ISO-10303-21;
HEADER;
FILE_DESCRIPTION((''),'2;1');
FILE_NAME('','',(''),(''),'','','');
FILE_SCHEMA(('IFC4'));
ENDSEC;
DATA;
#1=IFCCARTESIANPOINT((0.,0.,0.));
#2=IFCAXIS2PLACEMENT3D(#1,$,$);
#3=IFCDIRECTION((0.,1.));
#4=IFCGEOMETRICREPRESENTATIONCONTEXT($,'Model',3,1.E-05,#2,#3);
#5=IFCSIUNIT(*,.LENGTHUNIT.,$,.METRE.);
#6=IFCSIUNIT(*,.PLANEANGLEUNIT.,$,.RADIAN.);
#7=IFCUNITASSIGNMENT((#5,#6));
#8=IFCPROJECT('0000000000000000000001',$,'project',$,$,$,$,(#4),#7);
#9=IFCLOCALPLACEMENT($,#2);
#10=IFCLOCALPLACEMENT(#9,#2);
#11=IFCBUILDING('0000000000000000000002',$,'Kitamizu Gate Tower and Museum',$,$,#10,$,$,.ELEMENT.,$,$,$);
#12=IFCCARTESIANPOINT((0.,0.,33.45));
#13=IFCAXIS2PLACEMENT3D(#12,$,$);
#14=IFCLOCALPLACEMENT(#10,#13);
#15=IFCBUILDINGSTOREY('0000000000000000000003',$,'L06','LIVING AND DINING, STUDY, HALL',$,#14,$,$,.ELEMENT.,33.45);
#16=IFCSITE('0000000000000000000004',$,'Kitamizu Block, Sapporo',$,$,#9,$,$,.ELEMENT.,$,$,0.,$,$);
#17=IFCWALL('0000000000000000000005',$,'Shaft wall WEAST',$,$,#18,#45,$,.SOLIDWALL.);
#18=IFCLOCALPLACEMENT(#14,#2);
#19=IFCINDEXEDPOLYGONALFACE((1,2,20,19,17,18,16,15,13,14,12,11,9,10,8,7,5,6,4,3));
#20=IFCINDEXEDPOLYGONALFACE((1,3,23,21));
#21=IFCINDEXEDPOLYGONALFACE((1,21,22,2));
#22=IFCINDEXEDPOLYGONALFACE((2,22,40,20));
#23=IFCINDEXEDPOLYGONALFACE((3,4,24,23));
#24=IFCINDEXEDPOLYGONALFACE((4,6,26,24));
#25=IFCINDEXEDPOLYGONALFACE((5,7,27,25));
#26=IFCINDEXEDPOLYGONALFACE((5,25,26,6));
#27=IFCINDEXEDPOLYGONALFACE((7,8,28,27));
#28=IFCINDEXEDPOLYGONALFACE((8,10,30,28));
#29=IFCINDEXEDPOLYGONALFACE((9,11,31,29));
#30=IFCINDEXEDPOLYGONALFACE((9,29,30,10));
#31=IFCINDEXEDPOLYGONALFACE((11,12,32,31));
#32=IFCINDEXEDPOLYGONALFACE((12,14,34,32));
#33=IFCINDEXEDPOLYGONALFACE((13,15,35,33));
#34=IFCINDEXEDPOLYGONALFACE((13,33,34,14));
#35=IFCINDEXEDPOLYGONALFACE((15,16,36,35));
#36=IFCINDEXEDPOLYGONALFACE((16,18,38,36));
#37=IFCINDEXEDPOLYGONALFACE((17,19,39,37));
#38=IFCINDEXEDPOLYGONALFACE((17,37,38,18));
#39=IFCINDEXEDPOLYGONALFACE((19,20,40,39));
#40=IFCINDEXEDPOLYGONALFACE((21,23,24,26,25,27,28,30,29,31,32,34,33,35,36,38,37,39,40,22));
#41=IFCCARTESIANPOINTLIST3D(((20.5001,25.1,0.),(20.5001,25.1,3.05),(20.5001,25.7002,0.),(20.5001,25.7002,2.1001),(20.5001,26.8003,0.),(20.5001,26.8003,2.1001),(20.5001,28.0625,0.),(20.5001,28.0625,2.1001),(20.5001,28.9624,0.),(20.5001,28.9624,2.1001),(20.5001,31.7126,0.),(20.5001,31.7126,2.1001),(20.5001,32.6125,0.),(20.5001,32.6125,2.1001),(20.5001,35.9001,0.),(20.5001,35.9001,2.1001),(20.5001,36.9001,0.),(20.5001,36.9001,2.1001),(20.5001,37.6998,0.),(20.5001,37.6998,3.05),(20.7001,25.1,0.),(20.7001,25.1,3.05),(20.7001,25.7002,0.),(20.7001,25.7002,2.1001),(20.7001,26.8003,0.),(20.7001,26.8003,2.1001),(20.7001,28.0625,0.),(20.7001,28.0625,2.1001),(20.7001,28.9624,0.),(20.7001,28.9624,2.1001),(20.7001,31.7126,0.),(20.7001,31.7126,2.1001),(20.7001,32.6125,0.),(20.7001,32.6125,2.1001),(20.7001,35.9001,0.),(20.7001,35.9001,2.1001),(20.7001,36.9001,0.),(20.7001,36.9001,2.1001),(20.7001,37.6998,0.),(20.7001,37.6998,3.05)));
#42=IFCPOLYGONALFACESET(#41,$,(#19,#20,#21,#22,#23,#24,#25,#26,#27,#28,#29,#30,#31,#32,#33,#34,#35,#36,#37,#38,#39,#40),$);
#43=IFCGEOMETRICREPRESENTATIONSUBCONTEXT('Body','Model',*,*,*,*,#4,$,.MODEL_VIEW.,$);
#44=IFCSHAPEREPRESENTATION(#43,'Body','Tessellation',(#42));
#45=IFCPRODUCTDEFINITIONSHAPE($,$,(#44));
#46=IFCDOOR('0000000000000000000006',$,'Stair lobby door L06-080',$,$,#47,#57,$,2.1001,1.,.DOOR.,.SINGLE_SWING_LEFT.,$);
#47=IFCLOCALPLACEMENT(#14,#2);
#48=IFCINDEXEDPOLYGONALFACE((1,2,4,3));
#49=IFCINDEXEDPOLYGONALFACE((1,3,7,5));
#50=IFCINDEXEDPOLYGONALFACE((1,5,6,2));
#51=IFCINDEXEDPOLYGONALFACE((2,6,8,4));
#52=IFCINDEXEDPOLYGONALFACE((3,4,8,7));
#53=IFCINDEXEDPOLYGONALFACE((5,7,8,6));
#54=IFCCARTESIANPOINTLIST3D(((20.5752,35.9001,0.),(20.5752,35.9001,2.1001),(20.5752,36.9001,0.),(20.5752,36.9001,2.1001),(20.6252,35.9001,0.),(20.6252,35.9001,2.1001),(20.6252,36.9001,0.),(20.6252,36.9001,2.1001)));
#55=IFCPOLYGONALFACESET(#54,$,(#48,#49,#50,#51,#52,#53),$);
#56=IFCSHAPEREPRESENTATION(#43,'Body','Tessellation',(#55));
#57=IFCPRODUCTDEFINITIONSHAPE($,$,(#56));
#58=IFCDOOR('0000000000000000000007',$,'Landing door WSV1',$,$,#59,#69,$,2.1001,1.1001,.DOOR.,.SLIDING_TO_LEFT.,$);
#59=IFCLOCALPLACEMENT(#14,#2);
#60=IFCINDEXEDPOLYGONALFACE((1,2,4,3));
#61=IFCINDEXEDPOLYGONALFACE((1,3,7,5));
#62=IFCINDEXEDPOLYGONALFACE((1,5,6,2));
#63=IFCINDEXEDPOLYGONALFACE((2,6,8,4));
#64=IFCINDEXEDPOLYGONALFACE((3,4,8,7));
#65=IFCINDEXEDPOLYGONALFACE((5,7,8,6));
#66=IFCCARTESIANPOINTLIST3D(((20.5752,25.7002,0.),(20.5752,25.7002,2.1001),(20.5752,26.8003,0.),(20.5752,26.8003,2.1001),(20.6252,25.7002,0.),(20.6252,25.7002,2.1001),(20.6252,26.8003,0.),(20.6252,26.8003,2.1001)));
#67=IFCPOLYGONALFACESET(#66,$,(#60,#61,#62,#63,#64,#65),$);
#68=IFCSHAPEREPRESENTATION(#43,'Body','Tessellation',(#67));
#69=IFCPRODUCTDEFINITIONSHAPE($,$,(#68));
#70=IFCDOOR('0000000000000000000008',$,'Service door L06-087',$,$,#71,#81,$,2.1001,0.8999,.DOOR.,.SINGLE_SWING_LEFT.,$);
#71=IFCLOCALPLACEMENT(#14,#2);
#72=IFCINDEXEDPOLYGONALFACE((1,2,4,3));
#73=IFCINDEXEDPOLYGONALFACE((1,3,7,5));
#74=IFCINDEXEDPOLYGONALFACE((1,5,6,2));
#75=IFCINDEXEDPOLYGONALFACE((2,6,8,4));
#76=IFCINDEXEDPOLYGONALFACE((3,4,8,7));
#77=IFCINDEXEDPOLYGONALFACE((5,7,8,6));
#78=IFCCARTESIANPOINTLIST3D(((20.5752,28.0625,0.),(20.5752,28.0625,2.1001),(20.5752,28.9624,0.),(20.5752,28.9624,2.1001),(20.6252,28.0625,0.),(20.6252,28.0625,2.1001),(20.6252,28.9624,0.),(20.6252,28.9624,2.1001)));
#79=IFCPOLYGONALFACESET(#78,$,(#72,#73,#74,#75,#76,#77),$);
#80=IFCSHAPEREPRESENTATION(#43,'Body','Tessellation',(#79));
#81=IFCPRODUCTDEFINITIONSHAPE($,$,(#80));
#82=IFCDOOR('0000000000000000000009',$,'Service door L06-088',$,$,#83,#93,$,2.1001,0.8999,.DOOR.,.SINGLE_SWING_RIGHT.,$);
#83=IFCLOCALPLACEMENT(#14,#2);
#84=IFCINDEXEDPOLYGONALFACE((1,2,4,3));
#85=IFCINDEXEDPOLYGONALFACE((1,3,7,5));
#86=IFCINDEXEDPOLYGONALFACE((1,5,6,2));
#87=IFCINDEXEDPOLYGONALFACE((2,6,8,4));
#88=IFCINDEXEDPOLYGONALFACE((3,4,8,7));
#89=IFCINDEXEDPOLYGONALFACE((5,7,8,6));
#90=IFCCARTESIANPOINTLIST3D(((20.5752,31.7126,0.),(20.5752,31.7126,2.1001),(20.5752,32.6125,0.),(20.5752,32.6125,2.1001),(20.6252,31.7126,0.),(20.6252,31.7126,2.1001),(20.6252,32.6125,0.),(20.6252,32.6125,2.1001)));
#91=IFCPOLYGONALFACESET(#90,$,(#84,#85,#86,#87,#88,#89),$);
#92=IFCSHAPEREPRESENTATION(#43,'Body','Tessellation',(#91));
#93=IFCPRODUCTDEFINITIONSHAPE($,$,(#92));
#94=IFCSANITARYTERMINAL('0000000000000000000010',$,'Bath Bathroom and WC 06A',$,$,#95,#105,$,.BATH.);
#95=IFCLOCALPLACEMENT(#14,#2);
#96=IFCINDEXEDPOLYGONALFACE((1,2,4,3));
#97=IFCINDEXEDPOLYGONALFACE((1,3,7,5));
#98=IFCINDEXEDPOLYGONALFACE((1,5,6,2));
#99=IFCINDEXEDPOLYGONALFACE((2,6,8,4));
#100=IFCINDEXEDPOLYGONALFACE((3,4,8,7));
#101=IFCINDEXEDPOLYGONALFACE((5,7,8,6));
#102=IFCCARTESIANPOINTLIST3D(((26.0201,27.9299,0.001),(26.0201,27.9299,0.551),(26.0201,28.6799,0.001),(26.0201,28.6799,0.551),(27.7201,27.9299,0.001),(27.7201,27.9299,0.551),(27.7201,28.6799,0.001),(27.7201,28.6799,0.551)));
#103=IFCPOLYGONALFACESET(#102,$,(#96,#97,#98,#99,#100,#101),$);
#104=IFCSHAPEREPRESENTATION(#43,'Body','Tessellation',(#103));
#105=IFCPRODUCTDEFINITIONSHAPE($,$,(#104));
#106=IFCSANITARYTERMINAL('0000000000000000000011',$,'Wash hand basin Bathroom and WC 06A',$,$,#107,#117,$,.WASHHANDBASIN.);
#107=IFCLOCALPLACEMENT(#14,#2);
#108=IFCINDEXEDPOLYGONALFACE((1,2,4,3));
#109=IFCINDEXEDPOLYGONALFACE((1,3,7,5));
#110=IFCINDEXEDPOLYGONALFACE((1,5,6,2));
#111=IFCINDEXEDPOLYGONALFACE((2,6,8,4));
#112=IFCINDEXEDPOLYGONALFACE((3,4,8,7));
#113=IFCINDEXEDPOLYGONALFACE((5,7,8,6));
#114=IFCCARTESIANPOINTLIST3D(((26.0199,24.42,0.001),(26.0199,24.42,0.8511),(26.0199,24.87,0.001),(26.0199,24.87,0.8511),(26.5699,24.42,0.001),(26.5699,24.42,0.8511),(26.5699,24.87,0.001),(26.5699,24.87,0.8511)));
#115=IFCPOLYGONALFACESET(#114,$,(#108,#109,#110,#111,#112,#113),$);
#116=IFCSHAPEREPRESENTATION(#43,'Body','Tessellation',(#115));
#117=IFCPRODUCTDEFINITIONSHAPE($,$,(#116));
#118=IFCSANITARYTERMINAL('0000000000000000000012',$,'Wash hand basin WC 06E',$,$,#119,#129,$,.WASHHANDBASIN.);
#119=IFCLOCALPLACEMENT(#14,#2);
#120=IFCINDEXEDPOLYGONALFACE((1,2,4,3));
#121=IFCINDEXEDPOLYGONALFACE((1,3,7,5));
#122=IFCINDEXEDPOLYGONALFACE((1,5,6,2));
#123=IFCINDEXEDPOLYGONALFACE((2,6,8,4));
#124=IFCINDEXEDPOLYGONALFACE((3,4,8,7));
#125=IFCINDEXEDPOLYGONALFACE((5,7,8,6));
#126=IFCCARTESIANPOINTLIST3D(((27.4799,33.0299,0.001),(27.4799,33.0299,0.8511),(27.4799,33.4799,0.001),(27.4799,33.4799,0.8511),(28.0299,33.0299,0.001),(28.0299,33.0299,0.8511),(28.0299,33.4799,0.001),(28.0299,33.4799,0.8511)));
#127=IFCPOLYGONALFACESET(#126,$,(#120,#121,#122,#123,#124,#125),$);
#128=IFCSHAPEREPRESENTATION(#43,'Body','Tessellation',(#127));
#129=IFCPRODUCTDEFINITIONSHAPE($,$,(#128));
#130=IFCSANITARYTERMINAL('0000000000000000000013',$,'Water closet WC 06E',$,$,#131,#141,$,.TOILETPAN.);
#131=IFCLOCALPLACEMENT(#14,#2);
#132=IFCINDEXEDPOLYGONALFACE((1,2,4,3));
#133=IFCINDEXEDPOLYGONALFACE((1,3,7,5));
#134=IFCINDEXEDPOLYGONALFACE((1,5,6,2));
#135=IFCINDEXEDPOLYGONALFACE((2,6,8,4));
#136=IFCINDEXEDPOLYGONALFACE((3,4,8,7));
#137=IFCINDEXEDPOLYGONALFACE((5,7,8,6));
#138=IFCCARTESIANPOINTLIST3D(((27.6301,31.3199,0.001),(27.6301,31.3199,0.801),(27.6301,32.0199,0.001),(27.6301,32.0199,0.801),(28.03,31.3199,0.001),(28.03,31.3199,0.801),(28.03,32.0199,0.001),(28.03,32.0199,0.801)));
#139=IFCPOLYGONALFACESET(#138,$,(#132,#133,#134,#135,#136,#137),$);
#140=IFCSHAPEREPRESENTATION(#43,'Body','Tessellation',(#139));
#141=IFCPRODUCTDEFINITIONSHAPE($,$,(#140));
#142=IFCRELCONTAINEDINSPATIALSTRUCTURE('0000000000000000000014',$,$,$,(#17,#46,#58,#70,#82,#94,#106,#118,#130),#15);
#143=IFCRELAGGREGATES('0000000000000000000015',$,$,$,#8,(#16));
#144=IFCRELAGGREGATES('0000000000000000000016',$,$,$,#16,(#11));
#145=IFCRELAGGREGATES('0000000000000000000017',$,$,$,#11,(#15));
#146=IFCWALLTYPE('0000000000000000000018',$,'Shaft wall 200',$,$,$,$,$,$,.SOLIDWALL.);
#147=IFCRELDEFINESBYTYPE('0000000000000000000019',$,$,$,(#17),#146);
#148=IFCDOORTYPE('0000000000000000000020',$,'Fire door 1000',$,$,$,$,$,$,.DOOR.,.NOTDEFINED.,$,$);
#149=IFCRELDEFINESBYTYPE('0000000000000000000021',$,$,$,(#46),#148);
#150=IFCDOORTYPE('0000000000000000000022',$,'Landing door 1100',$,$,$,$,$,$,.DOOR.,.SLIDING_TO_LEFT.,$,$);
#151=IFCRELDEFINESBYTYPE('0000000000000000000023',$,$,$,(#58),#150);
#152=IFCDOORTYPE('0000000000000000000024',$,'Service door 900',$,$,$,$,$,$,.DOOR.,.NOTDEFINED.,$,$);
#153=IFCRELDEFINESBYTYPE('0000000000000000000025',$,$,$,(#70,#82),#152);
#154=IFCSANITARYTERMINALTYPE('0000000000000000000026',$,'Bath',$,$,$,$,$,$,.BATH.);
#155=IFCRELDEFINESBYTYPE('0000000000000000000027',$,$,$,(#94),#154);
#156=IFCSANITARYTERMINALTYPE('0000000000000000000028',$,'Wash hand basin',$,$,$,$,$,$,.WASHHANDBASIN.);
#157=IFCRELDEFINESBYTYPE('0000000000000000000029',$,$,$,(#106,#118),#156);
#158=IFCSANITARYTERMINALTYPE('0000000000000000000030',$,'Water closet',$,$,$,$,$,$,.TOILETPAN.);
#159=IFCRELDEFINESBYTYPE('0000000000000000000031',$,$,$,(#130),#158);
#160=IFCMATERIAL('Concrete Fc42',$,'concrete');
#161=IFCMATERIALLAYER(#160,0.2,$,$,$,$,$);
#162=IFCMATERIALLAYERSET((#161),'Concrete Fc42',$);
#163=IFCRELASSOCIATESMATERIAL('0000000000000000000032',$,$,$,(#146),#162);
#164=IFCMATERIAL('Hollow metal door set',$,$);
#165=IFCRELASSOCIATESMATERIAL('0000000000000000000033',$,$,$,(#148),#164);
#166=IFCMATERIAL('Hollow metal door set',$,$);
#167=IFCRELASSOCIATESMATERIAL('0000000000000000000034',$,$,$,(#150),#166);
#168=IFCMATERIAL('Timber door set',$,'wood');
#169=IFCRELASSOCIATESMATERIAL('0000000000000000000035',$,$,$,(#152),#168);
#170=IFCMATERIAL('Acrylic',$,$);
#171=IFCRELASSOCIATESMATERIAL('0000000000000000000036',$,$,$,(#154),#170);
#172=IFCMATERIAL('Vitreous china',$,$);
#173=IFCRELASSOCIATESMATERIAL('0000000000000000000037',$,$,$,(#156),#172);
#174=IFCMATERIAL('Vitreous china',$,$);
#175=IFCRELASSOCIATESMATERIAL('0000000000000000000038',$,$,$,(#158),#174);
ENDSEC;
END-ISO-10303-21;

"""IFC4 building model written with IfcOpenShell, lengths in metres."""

from ifc_helpers import new_model, si_unit, direction, frame, frame_2d, origin, origin_2d, place, context, subcontext, project, spatial, rectangle, extrude, material, layer, layer_set, type_object, element, fill, save


model = new_model("IFC4")

# Units and contexts
model_context = context("Model", 3, precision=1e-05, world=origin(), true_north=direction((0.0, 1.0)))
body_context = subcontext(model_context, "Body", "Model", "MODEL_VIEW")
ifc_project = project(units=[si_unit("LENGTHUNIT", "METRE"), si_unit("PLANEANGLEUNIT", "RADIAN")], contexts=[model_context])

# Site, building, storey
site_placement = place(None, origin())
site = spatial("IfcSite", under=ifc_project, at=site_placement, Name="Kitamizu Block, Sapporo", CompositionType="ELEMENT", RefElevation=0.0)
building_placement = place(site_placement, origin())
building = spatial("IfcBuilding", under=site, at=building_placement, Name="Kitamizu Gate Tower and Museum", CompositionType="ELEMENT")
storey_placement = place(building_placement, frame((0.0, 0.0, 33.45)))
storey = spatial("IfcBuildingStorey", under=building, at=storey_placement, Name="L06", Description="LIVING AND DINING, STUDY, HALL", CompositionType="ELEMENT", Elevation=33.45)

# Wall, openings, doors
ifc_material_1 = material(Name="Concrete Fc42", Category="concrete")
ifc_layer_1 = layer(ifc_material_1, 0.2)
ifc_layer_set_1 = layer_set([ifc_layer_1], Name="Concrete Fc42")
wall_type_1 = type_object("IfcWallType", Name="Shaft wall 200", PredefinedType="SOLIDWALL", material=ifc_layer_set_1)
wall_1_placement = place(storey_placement, frame((20.6001, 25.1001, 0.0), z_axis=(0.0, 0.0, 1.0), x_axis=(0.0, 1.0, 0.0)))
wall_1 = element("IfcWall", 1, at=wall_1_placement, inside=storey, type_object=wall_type_1, Name="Shaft wall WEAST", PredefinedType="SOLIDWALL", context=body_context, shape_type="SweptSolid", body=[
    extrude(rectangle(XDim=12.5999, YDim=0.2, at=frame_2d((6.2998, 0.0))), origin(), (0.0, 0.0, 1.0), 3.05),
])
opening_1_placement = place(wall_1_placement, frame((0.6001, 0.0, 0.0)))
opening_1 = element("IfcOpeningElement", 2, at=opening_1_placement, cuts=wall_1, PredefinedType="OPENING", context=body_context, shape_type="SweptSolid", body=[
    extrude(rectangle(XDim=1.1001, YDim=2.1001, at=frame_2d((0.55, 1.05))), frame((0.0, 0.1099, 0.0), z_axis=(0.0, -1.0, 0.0), x_axis=(1.0, 0.0, 0.0)), (0.0, 0.0, 1.0), 0.22),
])
opening_2_placement = place(wall_1_placement, frame((10.8, 0.0, 0.0)))
opening_2 = element("IfcOpeningElement", 3, at=opening_2_placement, cuts=wall_1, PredefinedType="OPENING", context=body_context, shape_type="SweptSolid", body=[
    extrude(rectangle(XDim=1.0, YDim=2.1001, at=frame_2d((0.5, 1.05))), frame((0.0, 0.1099, 0.0), z_axis=(0.0, -1.0, 0.0), x_axis=(1.0, 0.0, 0.0)), (0.0, 0.0, 1.0), 0.22),
])
opening_3_placement = place(wall_1_placement, frame((2.9624, 0.0, 0.0)))
opening_3 = element("IfcOpeningElement", 4, at=opening_3_placement, cuts=wall_1, PredefinedType="OPENING", context=body_context, shape_type="SweptSolid", body=[
    extrude(rectangle(XDim=0.8999, YDim=2.1001, at=frame_2d((0.45, 1.05))), frame((0.0, 0.1099, 0.0), z_axis=(0.0, -1.0, 0.0), x_axis=(1.0, 0.0, 0.0)), (0.0, 0.0, 1.0), 0.22),
])
opening_4_placement = place(wall_1_placement, frame((6.6125, 0.0, 0.0)))
opening_4 = element("IfcOpeningElement", 5, at=opening_4_placement, cuts=wall_1, PredefinedType="OPENING", context=body_context, shape_type="SweptSolid", body=[
    extrude(rectangle(XDim=0.8999, YDim=2.1001, at=frame_2d((0.45, 1.05))), frame((0.0, 0.1099, 0.0), z_axis=(0.0, -1.0, 0.0), x_axis=(1.0, 0.0, 0.0)), (0.0, 0.0, 1.0), 0.22),
])
ifc_material_2 = material(Name="Hollow metal door set")
door_type_1 = type_object("IfcDoorType", Name="Fire door 1000", OperationType="NOTDEFINED", PredefinedType="DOOR", material=ifc_material_2)
door_1_placement = place(opening_2_placement, origin())
door_1 = element("IfcDoor", 6, at=door_1_placement, inside=storey, type_object=door_type_1, Name="Stair lobby door L06-080", OperationType="SINGLE_SWING_LEFT", OverallHeight=2.1001, OverallWidth=1.0, PredefinedType="DOOR", context=body_context, shape_type="SweptSolid", body=[
    extrude(rectangle(XDim=1.0, YDim=2.1001, at=frame_2d((0.5, 1.05))), frame((0.0, 0.0249, 0.0), z_axis=(0.0, -1.0, 0.0), x_axis=(1.0, 0.0, 0.0)), (0.0, 0.0, 1.0), 0.05),
])
fill(opening_2, door_1)
ifc_material_3 = material(Name="Hollow metal door set")
door_type_2 = type_object("IfcDoorType", Name="Landing door 1100", OperationType="SLIDING_TO_LEFT", PredefinedType="DOOR", material=ifc_material_3)
door_2_placement = place(opening_1_placement, origin())
door_2 = element("IfcDoor", 7, at=door_2_placement, inside=storey, type_object=door_type_2, Name="Landing door WSV1", OperationType="SLIDING_TO_LEFT", OverallHeight=2.1001, OverallWidth=1.1001, PredefinedType="DOOR", context=body_context, shape_type="SweptSolid", body=[
    extrude(rectangle(XDim=1.1001, YDim=2.1001, at=frame_2d((0.55, 1.05))), frame((0.0, 0.0249, 0.0), z_axis=(0.0, -1.0, 0.0), x_axis=(1.0, 0.0, 0.0)), (0.0, 0.0, 1.0), 0.05),
])
fill(opening_1, door_2)
ifc_material_4 = material(Name="Timber door set", Category="wood")
door_type_3 = type_object("IfcDoorType", Name="Service door 900", OperationType="NOTDEFINED", PredefinedType="DOOR", material=ifc_material_4)
door_3_placement = place(opening_3_placement, origin())
door_3 = element("IfcDoor", 8, at=door_3_placement, inside=storey, type_object=door_type_3, Name="Service door L06-087", OperationType="SINGLE_SWING_LEFT", OverallHeight=2.1001, OverallWidth=0.8999, PredefinedType="DOOR", context=body_context, shape_type="SweptSolid", body=[
    extrude(rectangle(XDim=0.8999, YDim=2.1001, at=frame_2d((0.45, 1.05))), frame((0.0, 0.0249, 0.0), z_axis=(0.0, -1.0, 0.0), x_axis=(1.0, 0.0, 0.0)), (0.0, 0.0, 1.0), 0.05),
])
fill(opening_3, door_3)
door_4_placement = place(opening_4_placement, origin())
door_4 = element("IfcDoor", 9, at=door_4_placement, inside=storey, type_object=door_type_3, Name="Service door L06-088", OperationType="SINGLE_SWING_RIGHT", OverallHeight=2.1001, OverallWidth=0.8999, PredefinedType="DOOR", context=body_context, shape_type="SweptSolid", body=[
    extrude(rectangle(XDim=0.8999, YDim=2.1001, at=frame_2d((0.45, 1.05))), frame((0.0, 0.0249, 0.0), z_axis=(0.0, -1.0, 0.0), x_axis=(1.0, 0.0, 0.0)), (0.0, 0.0, 1.0), 0.05),
])
fill(opening_4, door_4)

# Sanitary terminals
ifc_material_5 = material(Name="Acrylic")
sanitary_terminal_type_1 = type_object("IfcSanitaryTerminalType", Name="Bath", PredefinedType="BATH", material=ifc_material_5)
sanitary_terminal_1_placement = place(storey_placement, frame((26.8701, 28.3049, 0.001), z_axis=(0.0, 0.0, 1.0), x_axis=(1.0, 0.0, 0.0)))
element("IfcSanitaryTerminal", 10, at=sanitary_terminal_1_placement, inside=storey, type_object=sanitary_terminal_type_1, Name="Bath Bathroom and WC 06A", PredefinedType="BATH", context=body_context, shape_type="SweptSolid", body=[
    extrude(rectangle(XDim=1.7, YDim=0.75, at=origin_2d()), origin(), (0.0, 0.0, 1.0), 0.55),
])
ifc_material_6 = material(Name="Vitreous china")
sanitary_terminal_type_2 = type_object("IfcSanitaryTerminalType", Name="Wash hand basin", PredefinedType="WASHHANDBASIN", material=ifc_material_6)
for number, where, z_axis, x_axis, name in (
    (11, (26.2949, 24.645, 0.001), (0.0, 0.0, 1.0), (1.0, 0.0, 0.0), "Wash hand basin Bathroom and WC 06A"),
    (12, (27.7549, 33.2549, 0.001), (0.0, 0.0, 1.0), (1.0, 0.0, 0.0), "Wash hand basin WC 06E"),
):
    element("IfcSanitaryTerminal", number, at=place(storey_placement, frame(where, z_axis=z_axis, x_axis=x_axis)), inside=storey, type_object=sanitary_terminal_type_2, Name=name, PredefinedType="WASHHANDBASIN", context=body_context, shape_type="SweptSolid", body=[
        extrude(rectangle(XDim=0.55, YDim=0.45, at=origin_2d()), origin(), (0.0, 0.0, 1.0), 0.8501),
    ])
ifc_material_7 = material(Name="Vitreous china")
sanitary_terminal_type_3 = type_object("IfcSanitaryTerminalType", Name="Water closet", PredefinedType="TOILETPAN", material=ifc_material_7)
sanitary_terminal_2_placement = place(storey_placement, frame((27.8301, 31.6699, 0.001), z_axis=(0.0, 0.0, 1.0), x_axis=(1.0, 0.0, 0.0)))
element("IfcSanitaryTerminal", 13, at=sanitary_terminal_2_placement, inside=storey, type_object=sanitary_terminal_type_3, Name="Water closet WC 06E", PredefinedType="TOILETPAN", context=body_context, shape_type="SweptSolid", body=[
    extrude(rectangle(XDim=0.3999, YDim=0.7, at=origin_2d()), origin(), (0.0, 0.0, 1.0), 0.8),
])

save(model, "model.ifc")
